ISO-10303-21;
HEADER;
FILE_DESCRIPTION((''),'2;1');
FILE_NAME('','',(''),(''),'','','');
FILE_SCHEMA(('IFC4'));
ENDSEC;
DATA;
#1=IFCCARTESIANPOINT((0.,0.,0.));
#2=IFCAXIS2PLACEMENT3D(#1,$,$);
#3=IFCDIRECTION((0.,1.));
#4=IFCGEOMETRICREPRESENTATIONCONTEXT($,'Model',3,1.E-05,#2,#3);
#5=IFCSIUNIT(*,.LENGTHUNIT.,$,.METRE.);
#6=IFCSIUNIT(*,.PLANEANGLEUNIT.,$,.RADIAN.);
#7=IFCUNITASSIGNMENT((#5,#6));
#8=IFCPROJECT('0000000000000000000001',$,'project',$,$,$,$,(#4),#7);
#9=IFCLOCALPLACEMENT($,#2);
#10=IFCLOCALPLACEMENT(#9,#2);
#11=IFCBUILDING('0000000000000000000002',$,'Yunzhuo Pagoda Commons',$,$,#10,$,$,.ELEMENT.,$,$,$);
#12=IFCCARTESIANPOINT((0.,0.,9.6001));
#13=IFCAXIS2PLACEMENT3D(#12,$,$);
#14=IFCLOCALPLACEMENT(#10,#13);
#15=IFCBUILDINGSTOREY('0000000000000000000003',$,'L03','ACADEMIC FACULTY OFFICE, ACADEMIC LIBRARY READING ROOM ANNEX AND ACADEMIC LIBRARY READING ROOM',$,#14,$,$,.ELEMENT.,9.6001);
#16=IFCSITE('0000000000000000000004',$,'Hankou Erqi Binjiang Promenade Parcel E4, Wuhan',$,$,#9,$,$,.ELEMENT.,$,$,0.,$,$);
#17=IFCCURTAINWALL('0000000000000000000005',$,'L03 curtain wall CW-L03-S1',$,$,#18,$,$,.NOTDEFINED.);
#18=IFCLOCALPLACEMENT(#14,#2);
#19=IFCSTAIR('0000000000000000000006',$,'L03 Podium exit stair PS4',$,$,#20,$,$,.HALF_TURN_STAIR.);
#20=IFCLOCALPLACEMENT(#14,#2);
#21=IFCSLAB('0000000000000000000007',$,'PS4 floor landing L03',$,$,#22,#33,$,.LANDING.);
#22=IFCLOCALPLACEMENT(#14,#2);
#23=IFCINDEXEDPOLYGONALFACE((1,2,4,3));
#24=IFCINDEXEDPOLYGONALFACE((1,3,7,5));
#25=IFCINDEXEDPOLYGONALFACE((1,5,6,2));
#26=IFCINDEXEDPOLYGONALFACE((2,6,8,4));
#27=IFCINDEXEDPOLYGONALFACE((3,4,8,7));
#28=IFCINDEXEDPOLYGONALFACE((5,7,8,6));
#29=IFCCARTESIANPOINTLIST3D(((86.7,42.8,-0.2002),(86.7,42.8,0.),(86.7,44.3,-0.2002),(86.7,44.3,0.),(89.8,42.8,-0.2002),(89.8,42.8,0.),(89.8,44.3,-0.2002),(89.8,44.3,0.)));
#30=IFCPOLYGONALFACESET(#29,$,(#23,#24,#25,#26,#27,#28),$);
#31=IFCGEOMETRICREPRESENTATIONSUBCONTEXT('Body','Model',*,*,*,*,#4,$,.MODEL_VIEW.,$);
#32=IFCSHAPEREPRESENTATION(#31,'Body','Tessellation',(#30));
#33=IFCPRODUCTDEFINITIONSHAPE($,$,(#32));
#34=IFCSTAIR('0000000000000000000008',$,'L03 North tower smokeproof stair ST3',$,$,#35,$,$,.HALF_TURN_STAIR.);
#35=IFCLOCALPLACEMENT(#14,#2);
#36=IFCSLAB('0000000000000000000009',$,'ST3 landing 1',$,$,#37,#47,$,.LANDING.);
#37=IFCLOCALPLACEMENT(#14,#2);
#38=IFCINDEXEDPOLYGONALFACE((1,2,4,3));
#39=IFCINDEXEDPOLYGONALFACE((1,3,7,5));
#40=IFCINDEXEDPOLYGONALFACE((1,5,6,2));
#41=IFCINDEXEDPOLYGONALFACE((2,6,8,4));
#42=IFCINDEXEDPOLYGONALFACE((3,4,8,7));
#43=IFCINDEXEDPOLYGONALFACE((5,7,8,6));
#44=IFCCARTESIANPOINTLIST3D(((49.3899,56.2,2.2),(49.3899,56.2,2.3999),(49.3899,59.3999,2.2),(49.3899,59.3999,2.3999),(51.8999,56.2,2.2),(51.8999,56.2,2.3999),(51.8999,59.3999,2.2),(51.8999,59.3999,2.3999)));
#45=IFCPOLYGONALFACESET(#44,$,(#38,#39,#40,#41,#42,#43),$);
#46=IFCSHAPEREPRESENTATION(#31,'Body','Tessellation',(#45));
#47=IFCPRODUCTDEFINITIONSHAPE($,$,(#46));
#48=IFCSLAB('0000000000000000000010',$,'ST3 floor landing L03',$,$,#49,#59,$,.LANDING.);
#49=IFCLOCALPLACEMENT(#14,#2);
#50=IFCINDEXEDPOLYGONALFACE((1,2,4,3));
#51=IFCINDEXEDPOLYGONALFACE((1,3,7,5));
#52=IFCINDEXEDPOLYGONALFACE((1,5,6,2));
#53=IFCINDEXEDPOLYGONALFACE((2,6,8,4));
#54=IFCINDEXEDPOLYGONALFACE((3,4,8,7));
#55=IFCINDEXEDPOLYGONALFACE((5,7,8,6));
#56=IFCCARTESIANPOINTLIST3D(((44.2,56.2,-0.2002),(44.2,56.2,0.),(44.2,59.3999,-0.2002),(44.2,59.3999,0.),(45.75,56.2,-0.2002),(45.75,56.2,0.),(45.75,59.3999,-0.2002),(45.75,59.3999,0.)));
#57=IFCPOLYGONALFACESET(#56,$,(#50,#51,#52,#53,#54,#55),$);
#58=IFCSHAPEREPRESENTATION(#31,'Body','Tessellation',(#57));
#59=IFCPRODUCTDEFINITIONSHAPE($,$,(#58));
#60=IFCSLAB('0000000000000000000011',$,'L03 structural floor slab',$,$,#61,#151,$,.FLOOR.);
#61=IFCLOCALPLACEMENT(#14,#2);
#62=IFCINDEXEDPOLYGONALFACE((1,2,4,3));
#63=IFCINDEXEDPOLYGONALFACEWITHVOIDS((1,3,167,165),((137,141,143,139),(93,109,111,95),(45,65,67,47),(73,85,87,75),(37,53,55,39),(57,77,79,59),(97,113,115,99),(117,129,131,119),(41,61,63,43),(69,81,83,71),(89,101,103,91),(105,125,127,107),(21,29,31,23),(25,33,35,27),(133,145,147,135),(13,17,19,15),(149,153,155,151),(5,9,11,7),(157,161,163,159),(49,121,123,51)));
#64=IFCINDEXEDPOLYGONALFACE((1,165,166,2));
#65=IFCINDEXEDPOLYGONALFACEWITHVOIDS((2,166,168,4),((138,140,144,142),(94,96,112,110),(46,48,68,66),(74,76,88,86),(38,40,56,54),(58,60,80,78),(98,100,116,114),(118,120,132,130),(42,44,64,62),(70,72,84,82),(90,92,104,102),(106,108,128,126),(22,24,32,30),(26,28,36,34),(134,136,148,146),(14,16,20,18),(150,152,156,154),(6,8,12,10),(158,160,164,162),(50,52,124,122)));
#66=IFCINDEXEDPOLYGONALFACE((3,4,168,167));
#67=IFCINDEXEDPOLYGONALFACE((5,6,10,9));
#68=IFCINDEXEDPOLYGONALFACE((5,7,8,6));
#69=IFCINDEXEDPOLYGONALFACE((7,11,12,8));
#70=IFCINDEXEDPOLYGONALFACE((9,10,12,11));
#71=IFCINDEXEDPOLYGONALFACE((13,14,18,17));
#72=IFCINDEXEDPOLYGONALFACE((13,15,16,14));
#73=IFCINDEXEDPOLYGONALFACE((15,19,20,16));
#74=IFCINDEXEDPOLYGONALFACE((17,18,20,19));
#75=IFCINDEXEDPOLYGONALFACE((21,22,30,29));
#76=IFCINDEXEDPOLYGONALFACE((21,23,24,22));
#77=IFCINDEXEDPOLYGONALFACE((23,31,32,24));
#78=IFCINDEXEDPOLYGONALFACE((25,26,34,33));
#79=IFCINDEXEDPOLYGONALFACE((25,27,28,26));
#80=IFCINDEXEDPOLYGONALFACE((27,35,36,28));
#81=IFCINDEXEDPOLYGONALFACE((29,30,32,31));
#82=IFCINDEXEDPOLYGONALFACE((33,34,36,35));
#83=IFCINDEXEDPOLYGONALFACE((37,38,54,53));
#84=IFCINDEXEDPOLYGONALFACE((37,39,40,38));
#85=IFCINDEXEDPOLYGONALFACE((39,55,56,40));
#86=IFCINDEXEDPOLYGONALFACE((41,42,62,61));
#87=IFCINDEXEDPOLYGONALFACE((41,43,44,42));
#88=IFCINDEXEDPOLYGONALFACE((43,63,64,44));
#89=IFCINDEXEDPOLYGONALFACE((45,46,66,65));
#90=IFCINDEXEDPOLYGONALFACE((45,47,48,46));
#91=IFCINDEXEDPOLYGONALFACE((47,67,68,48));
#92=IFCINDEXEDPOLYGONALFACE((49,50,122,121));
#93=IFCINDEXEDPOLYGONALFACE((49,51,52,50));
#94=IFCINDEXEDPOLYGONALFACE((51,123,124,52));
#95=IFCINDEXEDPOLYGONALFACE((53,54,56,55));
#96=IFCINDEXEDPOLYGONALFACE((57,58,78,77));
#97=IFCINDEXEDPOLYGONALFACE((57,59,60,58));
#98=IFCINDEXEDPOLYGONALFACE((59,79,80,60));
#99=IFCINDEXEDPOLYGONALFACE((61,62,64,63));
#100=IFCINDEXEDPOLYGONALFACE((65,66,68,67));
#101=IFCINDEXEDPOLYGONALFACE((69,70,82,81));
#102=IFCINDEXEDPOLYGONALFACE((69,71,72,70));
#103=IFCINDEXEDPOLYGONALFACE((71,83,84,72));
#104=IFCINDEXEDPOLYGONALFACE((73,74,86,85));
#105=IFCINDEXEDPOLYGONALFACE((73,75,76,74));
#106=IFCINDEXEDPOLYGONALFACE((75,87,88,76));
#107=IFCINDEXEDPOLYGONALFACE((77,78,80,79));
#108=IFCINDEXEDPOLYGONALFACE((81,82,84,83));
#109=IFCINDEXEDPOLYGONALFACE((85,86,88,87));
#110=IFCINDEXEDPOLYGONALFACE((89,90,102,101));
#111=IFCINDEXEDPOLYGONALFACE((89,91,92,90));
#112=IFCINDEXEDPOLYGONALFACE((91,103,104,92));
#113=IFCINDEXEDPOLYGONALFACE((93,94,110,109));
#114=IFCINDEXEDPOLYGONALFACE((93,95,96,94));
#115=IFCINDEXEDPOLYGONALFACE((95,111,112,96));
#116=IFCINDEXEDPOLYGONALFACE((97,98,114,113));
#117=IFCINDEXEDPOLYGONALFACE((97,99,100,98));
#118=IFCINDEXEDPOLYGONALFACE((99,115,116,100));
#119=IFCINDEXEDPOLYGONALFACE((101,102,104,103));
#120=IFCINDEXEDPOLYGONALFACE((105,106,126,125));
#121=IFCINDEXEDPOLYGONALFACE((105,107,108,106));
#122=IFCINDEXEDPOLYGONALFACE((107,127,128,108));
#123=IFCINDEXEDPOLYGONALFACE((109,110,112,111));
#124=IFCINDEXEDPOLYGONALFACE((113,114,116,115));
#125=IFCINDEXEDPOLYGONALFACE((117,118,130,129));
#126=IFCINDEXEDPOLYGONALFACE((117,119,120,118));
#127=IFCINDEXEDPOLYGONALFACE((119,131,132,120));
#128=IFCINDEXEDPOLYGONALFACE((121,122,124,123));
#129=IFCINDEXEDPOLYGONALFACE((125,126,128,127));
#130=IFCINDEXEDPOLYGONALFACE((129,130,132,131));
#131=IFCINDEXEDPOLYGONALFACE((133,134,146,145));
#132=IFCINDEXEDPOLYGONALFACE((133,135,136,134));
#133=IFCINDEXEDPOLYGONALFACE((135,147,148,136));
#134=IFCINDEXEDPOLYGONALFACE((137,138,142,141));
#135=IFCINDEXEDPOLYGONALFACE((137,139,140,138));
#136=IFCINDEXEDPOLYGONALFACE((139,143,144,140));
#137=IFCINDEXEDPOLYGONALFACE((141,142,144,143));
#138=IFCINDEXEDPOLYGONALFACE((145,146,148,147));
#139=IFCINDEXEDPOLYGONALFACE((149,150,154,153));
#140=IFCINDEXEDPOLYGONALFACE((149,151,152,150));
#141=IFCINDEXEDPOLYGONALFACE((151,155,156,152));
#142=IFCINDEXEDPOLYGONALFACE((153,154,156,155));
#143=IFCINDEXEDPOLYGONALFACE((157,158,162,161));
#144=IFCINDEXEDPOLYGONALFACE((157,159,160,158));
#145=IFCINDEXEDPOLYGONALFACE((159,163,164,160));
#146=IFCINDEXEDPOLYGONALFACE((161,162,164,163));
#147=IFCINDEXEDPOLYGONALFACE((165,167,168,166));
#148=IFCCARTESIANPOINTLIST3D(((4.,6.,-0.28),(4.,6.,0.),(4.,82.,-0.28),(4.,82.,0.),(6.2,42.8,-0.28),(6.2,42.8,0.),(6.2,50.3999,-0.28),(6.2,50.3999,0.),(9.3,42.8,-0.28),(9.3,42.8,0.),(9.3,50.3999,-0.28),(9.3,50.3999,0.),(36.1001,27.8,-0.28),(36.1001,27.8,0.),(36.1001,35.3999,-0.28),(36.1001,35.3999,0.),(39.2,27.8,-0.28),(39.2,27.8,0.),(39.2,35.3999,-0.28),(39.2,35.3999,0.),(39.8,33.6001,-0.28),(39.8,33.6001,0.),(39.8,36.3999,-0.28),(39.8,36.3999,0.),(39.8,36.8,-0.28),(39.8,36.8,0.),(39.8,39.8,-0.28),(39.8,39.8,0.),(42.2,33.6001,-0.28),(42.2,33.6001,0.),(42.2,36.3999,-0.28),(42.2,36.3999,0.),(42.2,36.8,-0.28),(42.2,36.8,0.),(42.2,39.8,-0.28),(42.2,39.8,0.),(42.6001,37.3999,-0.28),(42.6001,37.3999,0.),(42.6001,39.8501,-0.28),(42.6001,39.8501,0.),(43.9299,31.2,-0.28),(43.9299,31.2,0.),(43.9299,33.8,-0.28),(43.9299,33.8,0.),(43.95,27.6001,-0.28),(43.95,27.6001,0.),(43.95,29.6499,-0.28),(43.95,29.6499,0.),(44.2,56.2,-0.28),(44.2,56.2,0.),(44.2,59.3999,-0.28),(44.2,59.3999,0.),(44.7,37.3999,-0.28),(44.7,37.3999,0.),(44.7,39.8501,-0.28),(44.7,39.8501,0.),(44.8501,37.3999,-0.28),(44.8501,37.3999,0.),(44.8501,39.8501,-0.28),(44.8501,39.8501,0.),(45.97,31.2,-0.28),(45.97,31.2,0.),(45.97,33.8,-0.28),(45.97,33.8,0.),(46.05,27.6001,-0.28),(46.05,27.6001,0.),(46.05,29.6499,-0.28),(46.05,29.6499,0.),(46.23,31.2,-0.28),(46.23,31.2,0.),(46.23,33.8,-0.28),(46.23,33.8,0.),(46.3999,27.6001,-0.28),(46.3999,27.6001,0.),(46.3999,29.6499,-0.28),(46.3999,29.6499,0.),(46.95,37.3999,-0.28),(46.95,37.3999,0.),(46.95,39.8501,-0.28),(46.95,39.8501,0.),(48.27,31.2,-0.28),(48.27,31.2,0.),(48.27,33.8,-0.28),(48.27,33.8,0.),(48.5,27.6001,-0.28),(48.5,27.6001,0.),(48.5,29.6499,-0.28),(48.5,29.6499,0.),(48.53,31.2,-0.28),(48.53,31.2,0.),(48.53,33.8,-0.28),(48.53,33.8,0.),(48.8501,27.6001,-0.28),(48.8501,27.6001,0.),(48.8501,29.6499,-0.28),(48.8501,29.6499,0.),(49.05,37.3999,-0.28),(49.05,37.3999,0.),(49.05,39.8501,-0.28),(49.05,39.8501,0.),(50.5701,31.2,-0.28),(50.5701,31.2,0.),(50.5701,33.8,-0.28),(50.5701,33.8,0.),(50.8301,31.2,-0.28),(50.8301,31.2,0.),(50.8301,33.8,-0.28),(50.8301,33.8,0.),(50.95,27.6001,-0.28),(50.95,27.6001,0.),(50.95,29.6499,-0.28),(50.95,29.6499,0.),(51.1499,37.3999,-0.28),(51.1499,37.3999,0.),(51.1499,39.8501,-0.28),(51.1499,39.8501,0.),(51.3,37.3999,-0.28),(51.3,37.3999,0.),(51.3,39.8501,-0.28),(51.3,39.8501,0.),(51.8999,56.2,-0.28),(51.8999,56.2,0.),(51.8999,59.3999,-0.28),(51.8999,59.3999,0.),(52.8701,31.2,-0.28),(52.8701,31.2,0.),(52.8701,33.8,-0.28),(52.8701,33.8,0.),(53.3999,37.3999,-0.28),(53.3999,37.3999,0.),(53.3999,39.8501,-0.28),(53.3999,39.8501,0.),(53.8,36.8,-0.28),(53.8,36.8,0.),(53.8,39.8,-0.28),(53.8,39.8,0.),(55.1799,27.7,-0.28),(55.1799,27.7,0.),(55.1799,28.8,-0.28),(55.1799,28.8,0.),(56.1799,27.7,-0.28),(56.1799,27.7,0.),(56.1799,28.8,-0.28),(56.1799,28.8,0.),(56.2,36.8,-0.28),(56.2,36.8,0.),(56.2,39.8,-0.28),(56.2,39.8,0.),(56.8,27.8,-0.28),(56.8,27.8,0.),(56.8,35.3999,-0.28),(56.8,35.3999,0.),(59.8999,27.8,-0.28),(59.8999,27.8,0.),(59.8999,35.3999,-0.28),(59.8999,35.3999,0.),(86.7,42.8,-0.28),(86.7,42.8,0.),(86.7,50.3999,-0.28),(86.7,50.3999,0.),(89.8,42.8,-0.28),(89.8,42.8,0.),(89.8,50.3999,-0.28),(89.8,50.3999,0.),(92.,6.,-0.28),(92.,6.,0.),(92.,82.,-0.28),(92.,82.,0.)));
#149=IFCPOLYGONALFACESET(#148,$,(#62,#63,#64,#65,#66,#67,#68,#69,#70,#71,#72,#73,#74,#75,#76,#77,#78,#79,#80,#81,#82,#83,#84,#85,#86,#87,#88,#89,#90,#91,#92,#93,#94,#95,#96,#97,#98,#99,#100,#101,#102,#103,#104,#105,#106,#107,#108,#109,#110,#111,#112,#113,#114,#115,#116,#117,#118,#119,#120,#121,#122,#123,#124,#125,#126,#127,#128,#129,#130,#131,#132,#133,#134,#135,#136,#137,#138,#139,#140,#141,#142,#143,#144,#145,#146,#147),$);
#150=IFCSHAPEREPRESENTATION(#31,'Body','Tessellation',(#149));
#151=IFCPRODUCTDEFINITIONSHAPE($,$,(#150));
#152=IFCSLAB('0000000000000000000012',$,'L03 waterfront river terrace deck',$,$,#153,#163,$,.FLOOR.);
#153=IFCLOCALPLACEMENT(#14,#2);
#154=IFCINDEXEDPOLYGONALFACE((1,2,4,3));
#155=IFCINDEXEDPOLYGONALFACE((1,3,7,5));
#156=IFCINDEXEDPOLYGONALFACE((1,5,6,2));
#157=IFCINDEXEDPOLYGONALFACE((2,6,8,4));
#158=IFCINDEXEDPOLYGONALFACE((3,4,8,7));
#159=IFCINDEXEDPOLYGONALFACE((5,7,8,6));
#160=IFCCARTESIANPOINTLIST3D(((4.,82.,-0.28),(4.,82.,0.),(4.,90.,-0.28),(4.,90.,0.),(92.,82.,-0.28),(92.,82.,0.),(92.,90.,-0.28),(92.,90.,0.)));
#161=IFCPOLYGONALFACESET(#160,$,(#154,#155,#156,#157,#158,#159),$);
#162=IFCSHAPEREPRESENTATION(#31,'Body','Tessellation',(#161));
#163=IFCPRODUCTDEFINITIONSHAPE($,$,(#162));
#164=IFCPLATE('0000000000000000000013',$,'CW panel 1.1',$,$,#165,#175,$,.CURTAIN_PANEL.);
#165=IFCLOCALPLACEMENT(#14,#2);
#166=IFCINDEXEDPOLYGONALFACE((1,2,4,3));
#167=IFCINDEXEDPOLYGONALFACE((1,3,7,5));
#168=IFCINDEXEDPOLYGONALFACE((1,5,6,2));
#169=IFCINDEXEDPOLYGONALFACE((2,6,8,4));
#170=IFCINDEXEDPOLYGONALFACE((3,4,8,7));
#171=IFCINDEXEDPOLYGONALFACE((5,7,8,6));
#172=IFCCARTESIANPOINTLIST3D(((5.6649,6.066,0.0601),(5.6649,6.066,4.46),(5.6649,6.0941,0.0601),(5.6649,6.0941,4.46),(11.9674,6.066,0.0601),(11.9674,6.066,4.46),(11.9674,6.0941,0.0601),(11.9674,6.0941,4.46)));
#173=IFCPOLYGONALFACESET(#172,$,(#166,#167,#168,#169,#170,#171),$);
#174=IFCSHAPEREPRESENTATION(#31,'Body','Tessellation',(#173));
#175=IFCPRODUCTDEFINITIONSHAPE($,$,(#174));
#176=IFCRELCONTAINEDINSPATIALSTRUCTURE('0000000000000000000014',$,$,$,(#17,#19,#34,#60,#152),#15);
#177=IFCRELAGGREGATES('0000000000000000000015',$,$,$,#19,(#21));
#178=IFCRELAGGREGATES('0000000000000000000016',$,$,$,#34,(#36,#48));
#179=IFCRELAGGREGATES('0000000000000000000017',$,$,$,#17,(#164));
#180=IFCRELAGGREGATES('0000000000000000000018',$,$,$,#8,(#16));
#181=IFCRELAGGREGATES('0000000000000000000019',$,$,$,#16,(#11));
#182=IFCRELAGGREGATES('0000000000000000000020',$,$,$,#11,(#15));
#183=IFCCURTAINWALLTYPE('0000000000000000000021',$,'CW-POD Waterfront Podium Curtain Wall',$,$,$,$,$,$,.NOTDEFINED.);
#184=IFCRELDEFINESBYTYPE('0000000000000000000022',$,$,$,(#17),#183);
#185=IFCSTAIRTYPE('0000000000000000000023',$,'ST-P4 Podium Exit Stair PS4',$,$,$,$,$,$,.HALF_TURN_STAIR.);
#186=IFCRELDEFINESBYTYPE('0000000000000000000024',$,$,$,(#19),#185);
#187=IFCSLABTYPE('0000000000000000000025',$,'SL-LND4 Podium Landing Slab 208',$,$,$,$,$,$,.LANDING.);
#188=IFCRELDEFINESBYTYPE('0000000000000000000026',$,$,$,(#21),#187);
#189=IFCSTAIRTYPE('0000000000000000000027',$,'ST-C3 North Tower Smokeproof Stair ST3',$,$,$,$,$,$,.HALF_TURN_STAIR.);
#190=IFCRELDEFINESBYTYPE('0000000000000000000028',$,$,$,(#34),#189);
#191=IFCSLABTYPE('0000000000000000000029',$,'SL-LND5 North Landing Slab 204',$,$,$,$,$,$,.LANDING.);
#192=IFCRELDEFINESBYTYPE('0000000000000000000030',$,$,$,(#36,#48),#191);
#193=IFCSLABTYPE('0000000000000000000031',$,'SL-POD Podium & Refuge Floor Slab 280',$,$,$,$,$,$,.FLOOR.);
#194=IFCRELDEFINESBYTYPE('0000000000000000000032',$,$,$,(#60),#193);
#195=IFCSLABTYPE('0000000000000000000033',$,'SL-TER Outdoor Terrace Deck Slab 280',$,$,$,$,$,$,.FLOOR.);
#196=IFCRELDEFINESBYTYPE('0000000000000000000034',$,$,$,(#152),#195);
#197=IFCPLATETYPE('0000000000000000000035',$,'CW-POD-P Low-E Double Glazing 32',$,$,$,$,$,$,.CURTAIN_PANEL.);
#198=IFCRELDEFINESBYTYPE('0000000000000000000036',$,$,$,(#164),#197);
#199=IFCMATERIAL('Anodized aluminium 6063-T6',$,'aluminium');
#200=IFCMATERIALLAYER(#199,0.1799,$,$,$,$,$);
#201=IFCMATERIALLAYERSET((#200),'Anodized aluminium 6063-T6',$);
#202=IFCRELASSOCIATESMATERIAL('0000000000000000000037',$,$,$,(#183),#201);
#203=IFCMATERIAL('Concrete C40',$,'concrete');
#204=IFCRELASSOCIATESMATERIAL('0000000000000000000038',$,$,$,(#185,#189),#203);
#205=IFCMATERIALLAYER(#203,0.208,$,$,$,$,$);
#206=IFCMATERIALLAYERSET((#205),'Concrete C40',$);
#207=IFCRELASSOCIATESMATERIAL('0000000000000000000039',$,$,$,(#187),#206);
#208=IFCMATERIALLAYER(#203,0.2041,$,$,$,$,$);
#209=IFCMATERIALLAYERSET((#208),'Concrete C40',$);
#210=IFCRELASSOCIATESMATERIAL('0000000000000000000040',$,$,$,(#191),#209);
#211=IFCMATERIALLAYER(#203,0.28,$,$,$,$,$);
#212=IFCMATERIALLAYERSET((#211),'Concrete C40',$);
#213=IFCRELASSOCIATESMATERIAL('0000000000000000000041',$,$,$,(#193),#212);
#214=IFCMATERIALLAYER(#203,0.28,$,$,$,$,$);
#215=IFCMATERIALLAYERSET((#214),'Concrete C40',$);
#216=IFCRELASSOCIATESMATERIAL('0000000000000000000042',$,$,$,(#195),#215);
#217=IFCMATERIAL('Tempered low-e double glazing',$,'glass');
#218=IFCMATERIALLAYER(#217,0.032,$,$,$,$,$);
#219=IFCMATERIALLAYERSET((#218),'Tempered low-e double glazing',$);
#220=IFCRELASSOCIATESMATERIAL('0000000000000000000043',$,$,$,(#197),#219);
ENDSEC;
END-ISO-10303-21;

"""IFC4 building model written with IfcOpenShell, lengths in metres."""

from ifc_helpers import new_model, si_unit, direction, frame, origin, origin_2d, place, context, subcontext, project, spatial, polyline, rectangle, outline, extrude, source, transform, mapped, material, layer, layer_set, type_object, element, aggregate, save


model = new_model("IFC4")

# Units and contexts
model_context = context("Model", 3, precision=1e-05, world=origin(), true_north=direction((0.0, 1.0)))
body_context = subcontext(model_context, "Body", "Model", "MODEL_VIEW")
ifc_project = project(units=[si_unit("LENGTHUNIT", "METRE"), si_unit("PLANEANGLEUNIT", "RADIAN")], contexts=[model_context])

# Site, building, storey
site_placement = place(None, origin())
site = spatial("IfcSite", under=ifc_project, at=site_placement, Name="Hankou Erqi Binjiang Promenade Parcel E4, Wuhan", CompositionType="ELEMENT", RefElevation=0.0)
building_placement = place(site_placement, origin())
building = spatial("IfcBuilding", under=site, at=building_placement, Name="Yunzhuo Pagoda Commons", CompositionType="ELEMENT")
storey_placement = place(building_placement, frame((0.0, 0.0, 9.6001)))
storey = spatial("IfcBuildingStorey", under=building, at=storey_placement, Name="L03", Description="ACADEMIC FACULTY OFFICE, ACADEMIC LIBRARY READING ROOM ANNEX AND ACADEMIC LIBRARY READING ROOM", CompositionType="ELEMENT", Elevation=9.6001)

# Curtain wall
ifc_material_1 = material(Name="Anodized aluminium 6063-T6", Category="aluminium")
ifc_layer_1 = layer(ifc_material_1, 0.1799)
ifc_layer_set_1 = layer_set([ifc_layer_1], Name="Anodized aluminium 6063-T6")
curtain_wall_type = type_object("IfcCurtainWallType", Name="CW-POD Waterfront Podium Curtain Wall", PredefinedType="NOTDEFINED", material=ifc_layer_set_1)
curtain_wall_placement = place(storey_placement, origin())
curtain_wall = element("IfcCurtainWall", 1, at=curtain_wall_placement, inside=storey, type_object=curtain_wall_type, Name="L03 curtain wall CW-L03-S1", PredefinedType="NOTDEFINED")

# Stairs, slabs
ifc_material_2 = material(Name="Concrete C40", Category="concrete")
stair_type_1 = type_object("IfcStairType", Name="ST-P4 Podium Exit Stair PS4", PredefinedType="HALF_TURN_STAIR", material=ifc_material_2)
stair_1_placement = place(storey_placement, origin())
stair_1 = element("IfcStair", 2, at=stair_1_placement, inside=storey, type_object=stair_type_1, Name="L03 Podium exit stair PS4", PredefinedType="HALF_TURN_STAIR")
ifc_layer_2 = layer(ifc_material_2, 0.208)
ifc_layer_set_2 = layer_set([ifc_layer_2], Name="Concrete C40")
slab_type_1 = type_object("IfcSlabType", Name="SL-LND4 Podium Landing Slab 208", PredefinedType="LANDING", material=ifc_layer_set_2)
slab_1_placement = place(storey_placement, frame((0.0, 0.0, -0.2002)))
slab_1 = element("IfcSlab", 3, at=slab_1_placement, type_object=slab_type_1, Name="PS4 floor landing L03", PredefinedType="LANDING", context=body_context, shape_type="SweptSolid", body=[
    extrude(outline(polyline([(89.8, 42.8), (89.8, 44.3), (86.7, 44.3), (86.7, 42.8), (89.8, 42.8)])), origin(), (0.0, 0.0, 1.0), 0.2002),
])
aggregate(stair_1, [slab_1])
stair_type_2 = type_object("IfcStairType", Name="ST-C3 North Tower Smokeproof Stair ST3", PredefinedType="HALF_TURN_STAIR", material=ifc_material_2)
stair_2_placement = place(storey_placement, origin())
stair_2 = element("IfcStair", 4, at=stair_2_placement, inside=storey, type_object=stair_type_2, Name="L03 North tower smokeproof stair ST3", PredefinedType="HALF_TURN_STAIR")
ifc_layer_3 = layer(ifc_material_2, 0.2041)
ifc_layer_set_3 = layer_set([ifc_layer_3], Name="Concrete C40")
slab_type_2 = type_object("IfcSlabType", Name="SL-LND5 North Landing Slab 204", PredefinedType="LANDING", material=ifc_layer_set_3)
slab_2_placement = place(storey_placement, frame((0.0, 0.0, 2.2)))
slab_2 = element("IfcSlab", 5, at=slab_2_placement, type_object=slab_type_2, Name="ST3 landing 1", PredefinedType="LANDING", context=body_context, shape_type="SweptSolid", body=[
    extrude(outline(polyline([(49.3899, 56.2), (51.8999, 56.2), (51.8999, 59.3999), (49.3899, 59.3999), (49.3899, 56.2)])), origin(), (0.0, 0.0, 1.0), 0.2),
])
slab_3_placement = place(storey_placement, frame((0.0, 0.0, -0.2002)))
slab_3 = element("IfcSlab", 6, at=slab_3_placement, type_object=slab_type_2, Name="ST3 floor landing L03", PredefinedType="LANDING", context=body_context, shape_type="SweptSolid", body=[
    extrude(outline(polyline([(44.2, 56.2), (45.75, 56.2), (45.75, 59.3999), (44.2, 59.3999), (44.2, 56.2)])), origin(), (0.0, 0.0, 1.0), 0.2002),
])
aggregate(stair_2, [slab_2, slab_3])

# Slabs
ifc_layer_4 = layer(ifc_material_2, 0.28)
ifc_layer_set_4 = layer_set([ifc_layer_4], Name="Concrete C40")
slab_type_3 = type_object("IfcSlabType", Name="SL-POD Podium & Refuge Floor Slab 280", PredefinedType="FLOOR", material=ifc_layer_set_4)
slab_4_placement = place(storey_placement, frame((0.0, 0.0, -0.28)))
element("IfcSlab", 7, at=slab_4_placement, inside=storey, type_object=slab_type_3, Name="L03 structural floor slab", PredefinedType="FLOOR", context=body_context, shape_type="SweptSolid", body=[
    extrude(outline(polyline([(4.0, 82.0), (92.0, 82.0), (92.0, 6.0), (4.0, 6.0), (4.0, 82.0)]), holes=[polyline([(46.05, 27.6001), (46.05, 29.6499), (43.95, 29.6499), (43.95, 27.6001), (46.05, 27.6001)]), polyline([(48.5, 27.6001), (48.5, 29.6499), (46.3999, 29.6499), (46.3999, 27.6001), (48.5, 27.6001)]), polyline([(36.1001, 27.8), (39.2, 27.8), (39.2, 35.3999), (36.1001, 35.3999), (36.1001, 27.8)]), polyline([(43.9299, 31.2), (45.97, 31.2), (45.97, 33.8), (43.9299, 33.8), (43.9299, 31.2)]), polyline([(46.23, 31.2), (48.27, 31.2), (48.27, 33.8), (46.23, 33.8), (46.23, 31.2)]), polyline([(42.2, 33.6001), (42.2, 36.3999), (39.8, 36.3999), (39.8, 33.6001), (42.2, 33.6001)]), polyline([(42.2, 36.8), (42.2, 39.8), (39.8, 39.8), (39.8, 36.8), (42.2, 36.8)]), polyline([(44.7, 37.3999), (44.7, 39.8501), (42.6001, 39.8501), (42.6001, 37.3999), (44.7, 37.3999)]), polyline([(44.8501, 37.3999), (46.95, 37.3999), (46.95, 39.8501), (44.8501, 39.8501), (44.8501, 37.3999)]), polyline([(9.3, 42.8), (9.3, 50.3999), (6.2, 50.3999), (6.2, 42.8), (9.3, 42.8)]), polyline([(56.1799, 27.7), (56.1799, 28.8), (55.1799, 28.8), (55.1799, 27.7), (56.1799, 27.7)]), polyline([(50.95, 27.6001), (50.95, 29.6499), (48.8501, 29.6499), (48.8501, 27.6001), (50.95, 27.6001)]), polyline([(56.8, 27.8), (59.8999, 27.8), (59.8999, 35.3999), (56.8, 35.3999), (56.8, 27.8)]), polyline([(48.53, 31.2), (50.5701, 31.2), (50.5701, 33.8), (48.53, 33.8), (48.53, 31.2)]), polyline([(50.8301, 31.2), (52.8701, 31.2), (52.8701, 33.8), (50.8301, 33.8), (50.8301, 31.2)]), polyline([(56.2, 36.8), (56.2, 39.8), (53.8, 39.8), (53.8, 36.8), (56.2, 36.8)]), polyline([(51.1499, 37.3999), (51.1499, 39.8501), (49.05, 39.8501), (49.05, 37.3999), (51.1499, 37.3999)]), polyline([(53.3999, 37.3999), (53.3999, 39.8501), (51.3, 39.8501), (51.3, 37.3999), (53.3999, 37.3999)]), polyline([(89.8, 42.8), (89.8, 50.3999), (86.7, 50.3999), (86.7, 42.8), (89.8, 42.8)]), polyline([(44.2, 56.2), (51.8999, 56.2), (51.8999, 59.3999), (44.2, 59.3999), (44.2, 56.2)])]), origin(), (0.0, 0.0, 1.0), 0.28),
])
ifc_layer_5 = layer(ifc_material_2, 0.28)
ifc_layer_set_5 = layer_set([ifc_layer_5], Name="Concrete C40")
slab_type_4 = type_object("IfcSlabType", Name="SL-TER Outdoor Terrace Deck Slab 280", PredefinedType="FLOOR", material=ifc_layer_set_5)
slab_5_placement = place(storey_placement, frame((0.0, 0.0, -0.28)))
element("IfcSlab", 8, at=slab_5_placement, inside=storey, type_object=slab_type_4, Name="L03 waterfront river terrace deck", PredefinedType="FLOOR", context=body_context, shape_type="SweptSolid", body=[
    extrude(outline(polyline([(4.0, 82.0), (92.0, 82.0), (92.0, 90.0), (4.0, 90.0), (4.0, 82.0)])), origin(), (0.0, 0.0, 1.0), 0.28),
])

# Plate
ifc_material_3 = material(Name="Tempered low-e double glazing", Category="glass")
ifc_layer_6 = layer(ifc_material_3, 0.032)
ifc_layer_set_6 = layer_set([ifc_layer_6], Name="Tempered low-e double glazing")
plate_type = type_object("IfcPlateType", Name="CW-POD-P Low-E Double Glazing 32", PredefinedType="CURTAIN_PANEL", material=ifc_layer_set_6)
shared_shape_1 = source(origin(), body_context, "Body", "SweptSolid", [
    extrude(rectangle(XDim=6.3025, YDim=0.0281, at=origin_2d()), origin(), (0.0, 0.0, 1.0), 4.3999),
])
plate_placement = place(storey_placement, frame((8.8162, 6.0801, 0.0601), z_axis=(0.0, 0.0, 1.0), x_axis=(1.0, 0.0, 0.0)))
plate = element("IfcPlate", 9, at=plate_placement, type_object=plate_type, Name="CW panel 1.1", PredefinedType="CURTAIN_PANEL", context=body_context, shape_type="MappedRepresentation", body=[
    mapped(shared_shape_1, transform((0.0, 0.0, 0.0), scale=1.0)),
])
aggregate(curtain_wall, [plate])

save(model, "model.ifc")
